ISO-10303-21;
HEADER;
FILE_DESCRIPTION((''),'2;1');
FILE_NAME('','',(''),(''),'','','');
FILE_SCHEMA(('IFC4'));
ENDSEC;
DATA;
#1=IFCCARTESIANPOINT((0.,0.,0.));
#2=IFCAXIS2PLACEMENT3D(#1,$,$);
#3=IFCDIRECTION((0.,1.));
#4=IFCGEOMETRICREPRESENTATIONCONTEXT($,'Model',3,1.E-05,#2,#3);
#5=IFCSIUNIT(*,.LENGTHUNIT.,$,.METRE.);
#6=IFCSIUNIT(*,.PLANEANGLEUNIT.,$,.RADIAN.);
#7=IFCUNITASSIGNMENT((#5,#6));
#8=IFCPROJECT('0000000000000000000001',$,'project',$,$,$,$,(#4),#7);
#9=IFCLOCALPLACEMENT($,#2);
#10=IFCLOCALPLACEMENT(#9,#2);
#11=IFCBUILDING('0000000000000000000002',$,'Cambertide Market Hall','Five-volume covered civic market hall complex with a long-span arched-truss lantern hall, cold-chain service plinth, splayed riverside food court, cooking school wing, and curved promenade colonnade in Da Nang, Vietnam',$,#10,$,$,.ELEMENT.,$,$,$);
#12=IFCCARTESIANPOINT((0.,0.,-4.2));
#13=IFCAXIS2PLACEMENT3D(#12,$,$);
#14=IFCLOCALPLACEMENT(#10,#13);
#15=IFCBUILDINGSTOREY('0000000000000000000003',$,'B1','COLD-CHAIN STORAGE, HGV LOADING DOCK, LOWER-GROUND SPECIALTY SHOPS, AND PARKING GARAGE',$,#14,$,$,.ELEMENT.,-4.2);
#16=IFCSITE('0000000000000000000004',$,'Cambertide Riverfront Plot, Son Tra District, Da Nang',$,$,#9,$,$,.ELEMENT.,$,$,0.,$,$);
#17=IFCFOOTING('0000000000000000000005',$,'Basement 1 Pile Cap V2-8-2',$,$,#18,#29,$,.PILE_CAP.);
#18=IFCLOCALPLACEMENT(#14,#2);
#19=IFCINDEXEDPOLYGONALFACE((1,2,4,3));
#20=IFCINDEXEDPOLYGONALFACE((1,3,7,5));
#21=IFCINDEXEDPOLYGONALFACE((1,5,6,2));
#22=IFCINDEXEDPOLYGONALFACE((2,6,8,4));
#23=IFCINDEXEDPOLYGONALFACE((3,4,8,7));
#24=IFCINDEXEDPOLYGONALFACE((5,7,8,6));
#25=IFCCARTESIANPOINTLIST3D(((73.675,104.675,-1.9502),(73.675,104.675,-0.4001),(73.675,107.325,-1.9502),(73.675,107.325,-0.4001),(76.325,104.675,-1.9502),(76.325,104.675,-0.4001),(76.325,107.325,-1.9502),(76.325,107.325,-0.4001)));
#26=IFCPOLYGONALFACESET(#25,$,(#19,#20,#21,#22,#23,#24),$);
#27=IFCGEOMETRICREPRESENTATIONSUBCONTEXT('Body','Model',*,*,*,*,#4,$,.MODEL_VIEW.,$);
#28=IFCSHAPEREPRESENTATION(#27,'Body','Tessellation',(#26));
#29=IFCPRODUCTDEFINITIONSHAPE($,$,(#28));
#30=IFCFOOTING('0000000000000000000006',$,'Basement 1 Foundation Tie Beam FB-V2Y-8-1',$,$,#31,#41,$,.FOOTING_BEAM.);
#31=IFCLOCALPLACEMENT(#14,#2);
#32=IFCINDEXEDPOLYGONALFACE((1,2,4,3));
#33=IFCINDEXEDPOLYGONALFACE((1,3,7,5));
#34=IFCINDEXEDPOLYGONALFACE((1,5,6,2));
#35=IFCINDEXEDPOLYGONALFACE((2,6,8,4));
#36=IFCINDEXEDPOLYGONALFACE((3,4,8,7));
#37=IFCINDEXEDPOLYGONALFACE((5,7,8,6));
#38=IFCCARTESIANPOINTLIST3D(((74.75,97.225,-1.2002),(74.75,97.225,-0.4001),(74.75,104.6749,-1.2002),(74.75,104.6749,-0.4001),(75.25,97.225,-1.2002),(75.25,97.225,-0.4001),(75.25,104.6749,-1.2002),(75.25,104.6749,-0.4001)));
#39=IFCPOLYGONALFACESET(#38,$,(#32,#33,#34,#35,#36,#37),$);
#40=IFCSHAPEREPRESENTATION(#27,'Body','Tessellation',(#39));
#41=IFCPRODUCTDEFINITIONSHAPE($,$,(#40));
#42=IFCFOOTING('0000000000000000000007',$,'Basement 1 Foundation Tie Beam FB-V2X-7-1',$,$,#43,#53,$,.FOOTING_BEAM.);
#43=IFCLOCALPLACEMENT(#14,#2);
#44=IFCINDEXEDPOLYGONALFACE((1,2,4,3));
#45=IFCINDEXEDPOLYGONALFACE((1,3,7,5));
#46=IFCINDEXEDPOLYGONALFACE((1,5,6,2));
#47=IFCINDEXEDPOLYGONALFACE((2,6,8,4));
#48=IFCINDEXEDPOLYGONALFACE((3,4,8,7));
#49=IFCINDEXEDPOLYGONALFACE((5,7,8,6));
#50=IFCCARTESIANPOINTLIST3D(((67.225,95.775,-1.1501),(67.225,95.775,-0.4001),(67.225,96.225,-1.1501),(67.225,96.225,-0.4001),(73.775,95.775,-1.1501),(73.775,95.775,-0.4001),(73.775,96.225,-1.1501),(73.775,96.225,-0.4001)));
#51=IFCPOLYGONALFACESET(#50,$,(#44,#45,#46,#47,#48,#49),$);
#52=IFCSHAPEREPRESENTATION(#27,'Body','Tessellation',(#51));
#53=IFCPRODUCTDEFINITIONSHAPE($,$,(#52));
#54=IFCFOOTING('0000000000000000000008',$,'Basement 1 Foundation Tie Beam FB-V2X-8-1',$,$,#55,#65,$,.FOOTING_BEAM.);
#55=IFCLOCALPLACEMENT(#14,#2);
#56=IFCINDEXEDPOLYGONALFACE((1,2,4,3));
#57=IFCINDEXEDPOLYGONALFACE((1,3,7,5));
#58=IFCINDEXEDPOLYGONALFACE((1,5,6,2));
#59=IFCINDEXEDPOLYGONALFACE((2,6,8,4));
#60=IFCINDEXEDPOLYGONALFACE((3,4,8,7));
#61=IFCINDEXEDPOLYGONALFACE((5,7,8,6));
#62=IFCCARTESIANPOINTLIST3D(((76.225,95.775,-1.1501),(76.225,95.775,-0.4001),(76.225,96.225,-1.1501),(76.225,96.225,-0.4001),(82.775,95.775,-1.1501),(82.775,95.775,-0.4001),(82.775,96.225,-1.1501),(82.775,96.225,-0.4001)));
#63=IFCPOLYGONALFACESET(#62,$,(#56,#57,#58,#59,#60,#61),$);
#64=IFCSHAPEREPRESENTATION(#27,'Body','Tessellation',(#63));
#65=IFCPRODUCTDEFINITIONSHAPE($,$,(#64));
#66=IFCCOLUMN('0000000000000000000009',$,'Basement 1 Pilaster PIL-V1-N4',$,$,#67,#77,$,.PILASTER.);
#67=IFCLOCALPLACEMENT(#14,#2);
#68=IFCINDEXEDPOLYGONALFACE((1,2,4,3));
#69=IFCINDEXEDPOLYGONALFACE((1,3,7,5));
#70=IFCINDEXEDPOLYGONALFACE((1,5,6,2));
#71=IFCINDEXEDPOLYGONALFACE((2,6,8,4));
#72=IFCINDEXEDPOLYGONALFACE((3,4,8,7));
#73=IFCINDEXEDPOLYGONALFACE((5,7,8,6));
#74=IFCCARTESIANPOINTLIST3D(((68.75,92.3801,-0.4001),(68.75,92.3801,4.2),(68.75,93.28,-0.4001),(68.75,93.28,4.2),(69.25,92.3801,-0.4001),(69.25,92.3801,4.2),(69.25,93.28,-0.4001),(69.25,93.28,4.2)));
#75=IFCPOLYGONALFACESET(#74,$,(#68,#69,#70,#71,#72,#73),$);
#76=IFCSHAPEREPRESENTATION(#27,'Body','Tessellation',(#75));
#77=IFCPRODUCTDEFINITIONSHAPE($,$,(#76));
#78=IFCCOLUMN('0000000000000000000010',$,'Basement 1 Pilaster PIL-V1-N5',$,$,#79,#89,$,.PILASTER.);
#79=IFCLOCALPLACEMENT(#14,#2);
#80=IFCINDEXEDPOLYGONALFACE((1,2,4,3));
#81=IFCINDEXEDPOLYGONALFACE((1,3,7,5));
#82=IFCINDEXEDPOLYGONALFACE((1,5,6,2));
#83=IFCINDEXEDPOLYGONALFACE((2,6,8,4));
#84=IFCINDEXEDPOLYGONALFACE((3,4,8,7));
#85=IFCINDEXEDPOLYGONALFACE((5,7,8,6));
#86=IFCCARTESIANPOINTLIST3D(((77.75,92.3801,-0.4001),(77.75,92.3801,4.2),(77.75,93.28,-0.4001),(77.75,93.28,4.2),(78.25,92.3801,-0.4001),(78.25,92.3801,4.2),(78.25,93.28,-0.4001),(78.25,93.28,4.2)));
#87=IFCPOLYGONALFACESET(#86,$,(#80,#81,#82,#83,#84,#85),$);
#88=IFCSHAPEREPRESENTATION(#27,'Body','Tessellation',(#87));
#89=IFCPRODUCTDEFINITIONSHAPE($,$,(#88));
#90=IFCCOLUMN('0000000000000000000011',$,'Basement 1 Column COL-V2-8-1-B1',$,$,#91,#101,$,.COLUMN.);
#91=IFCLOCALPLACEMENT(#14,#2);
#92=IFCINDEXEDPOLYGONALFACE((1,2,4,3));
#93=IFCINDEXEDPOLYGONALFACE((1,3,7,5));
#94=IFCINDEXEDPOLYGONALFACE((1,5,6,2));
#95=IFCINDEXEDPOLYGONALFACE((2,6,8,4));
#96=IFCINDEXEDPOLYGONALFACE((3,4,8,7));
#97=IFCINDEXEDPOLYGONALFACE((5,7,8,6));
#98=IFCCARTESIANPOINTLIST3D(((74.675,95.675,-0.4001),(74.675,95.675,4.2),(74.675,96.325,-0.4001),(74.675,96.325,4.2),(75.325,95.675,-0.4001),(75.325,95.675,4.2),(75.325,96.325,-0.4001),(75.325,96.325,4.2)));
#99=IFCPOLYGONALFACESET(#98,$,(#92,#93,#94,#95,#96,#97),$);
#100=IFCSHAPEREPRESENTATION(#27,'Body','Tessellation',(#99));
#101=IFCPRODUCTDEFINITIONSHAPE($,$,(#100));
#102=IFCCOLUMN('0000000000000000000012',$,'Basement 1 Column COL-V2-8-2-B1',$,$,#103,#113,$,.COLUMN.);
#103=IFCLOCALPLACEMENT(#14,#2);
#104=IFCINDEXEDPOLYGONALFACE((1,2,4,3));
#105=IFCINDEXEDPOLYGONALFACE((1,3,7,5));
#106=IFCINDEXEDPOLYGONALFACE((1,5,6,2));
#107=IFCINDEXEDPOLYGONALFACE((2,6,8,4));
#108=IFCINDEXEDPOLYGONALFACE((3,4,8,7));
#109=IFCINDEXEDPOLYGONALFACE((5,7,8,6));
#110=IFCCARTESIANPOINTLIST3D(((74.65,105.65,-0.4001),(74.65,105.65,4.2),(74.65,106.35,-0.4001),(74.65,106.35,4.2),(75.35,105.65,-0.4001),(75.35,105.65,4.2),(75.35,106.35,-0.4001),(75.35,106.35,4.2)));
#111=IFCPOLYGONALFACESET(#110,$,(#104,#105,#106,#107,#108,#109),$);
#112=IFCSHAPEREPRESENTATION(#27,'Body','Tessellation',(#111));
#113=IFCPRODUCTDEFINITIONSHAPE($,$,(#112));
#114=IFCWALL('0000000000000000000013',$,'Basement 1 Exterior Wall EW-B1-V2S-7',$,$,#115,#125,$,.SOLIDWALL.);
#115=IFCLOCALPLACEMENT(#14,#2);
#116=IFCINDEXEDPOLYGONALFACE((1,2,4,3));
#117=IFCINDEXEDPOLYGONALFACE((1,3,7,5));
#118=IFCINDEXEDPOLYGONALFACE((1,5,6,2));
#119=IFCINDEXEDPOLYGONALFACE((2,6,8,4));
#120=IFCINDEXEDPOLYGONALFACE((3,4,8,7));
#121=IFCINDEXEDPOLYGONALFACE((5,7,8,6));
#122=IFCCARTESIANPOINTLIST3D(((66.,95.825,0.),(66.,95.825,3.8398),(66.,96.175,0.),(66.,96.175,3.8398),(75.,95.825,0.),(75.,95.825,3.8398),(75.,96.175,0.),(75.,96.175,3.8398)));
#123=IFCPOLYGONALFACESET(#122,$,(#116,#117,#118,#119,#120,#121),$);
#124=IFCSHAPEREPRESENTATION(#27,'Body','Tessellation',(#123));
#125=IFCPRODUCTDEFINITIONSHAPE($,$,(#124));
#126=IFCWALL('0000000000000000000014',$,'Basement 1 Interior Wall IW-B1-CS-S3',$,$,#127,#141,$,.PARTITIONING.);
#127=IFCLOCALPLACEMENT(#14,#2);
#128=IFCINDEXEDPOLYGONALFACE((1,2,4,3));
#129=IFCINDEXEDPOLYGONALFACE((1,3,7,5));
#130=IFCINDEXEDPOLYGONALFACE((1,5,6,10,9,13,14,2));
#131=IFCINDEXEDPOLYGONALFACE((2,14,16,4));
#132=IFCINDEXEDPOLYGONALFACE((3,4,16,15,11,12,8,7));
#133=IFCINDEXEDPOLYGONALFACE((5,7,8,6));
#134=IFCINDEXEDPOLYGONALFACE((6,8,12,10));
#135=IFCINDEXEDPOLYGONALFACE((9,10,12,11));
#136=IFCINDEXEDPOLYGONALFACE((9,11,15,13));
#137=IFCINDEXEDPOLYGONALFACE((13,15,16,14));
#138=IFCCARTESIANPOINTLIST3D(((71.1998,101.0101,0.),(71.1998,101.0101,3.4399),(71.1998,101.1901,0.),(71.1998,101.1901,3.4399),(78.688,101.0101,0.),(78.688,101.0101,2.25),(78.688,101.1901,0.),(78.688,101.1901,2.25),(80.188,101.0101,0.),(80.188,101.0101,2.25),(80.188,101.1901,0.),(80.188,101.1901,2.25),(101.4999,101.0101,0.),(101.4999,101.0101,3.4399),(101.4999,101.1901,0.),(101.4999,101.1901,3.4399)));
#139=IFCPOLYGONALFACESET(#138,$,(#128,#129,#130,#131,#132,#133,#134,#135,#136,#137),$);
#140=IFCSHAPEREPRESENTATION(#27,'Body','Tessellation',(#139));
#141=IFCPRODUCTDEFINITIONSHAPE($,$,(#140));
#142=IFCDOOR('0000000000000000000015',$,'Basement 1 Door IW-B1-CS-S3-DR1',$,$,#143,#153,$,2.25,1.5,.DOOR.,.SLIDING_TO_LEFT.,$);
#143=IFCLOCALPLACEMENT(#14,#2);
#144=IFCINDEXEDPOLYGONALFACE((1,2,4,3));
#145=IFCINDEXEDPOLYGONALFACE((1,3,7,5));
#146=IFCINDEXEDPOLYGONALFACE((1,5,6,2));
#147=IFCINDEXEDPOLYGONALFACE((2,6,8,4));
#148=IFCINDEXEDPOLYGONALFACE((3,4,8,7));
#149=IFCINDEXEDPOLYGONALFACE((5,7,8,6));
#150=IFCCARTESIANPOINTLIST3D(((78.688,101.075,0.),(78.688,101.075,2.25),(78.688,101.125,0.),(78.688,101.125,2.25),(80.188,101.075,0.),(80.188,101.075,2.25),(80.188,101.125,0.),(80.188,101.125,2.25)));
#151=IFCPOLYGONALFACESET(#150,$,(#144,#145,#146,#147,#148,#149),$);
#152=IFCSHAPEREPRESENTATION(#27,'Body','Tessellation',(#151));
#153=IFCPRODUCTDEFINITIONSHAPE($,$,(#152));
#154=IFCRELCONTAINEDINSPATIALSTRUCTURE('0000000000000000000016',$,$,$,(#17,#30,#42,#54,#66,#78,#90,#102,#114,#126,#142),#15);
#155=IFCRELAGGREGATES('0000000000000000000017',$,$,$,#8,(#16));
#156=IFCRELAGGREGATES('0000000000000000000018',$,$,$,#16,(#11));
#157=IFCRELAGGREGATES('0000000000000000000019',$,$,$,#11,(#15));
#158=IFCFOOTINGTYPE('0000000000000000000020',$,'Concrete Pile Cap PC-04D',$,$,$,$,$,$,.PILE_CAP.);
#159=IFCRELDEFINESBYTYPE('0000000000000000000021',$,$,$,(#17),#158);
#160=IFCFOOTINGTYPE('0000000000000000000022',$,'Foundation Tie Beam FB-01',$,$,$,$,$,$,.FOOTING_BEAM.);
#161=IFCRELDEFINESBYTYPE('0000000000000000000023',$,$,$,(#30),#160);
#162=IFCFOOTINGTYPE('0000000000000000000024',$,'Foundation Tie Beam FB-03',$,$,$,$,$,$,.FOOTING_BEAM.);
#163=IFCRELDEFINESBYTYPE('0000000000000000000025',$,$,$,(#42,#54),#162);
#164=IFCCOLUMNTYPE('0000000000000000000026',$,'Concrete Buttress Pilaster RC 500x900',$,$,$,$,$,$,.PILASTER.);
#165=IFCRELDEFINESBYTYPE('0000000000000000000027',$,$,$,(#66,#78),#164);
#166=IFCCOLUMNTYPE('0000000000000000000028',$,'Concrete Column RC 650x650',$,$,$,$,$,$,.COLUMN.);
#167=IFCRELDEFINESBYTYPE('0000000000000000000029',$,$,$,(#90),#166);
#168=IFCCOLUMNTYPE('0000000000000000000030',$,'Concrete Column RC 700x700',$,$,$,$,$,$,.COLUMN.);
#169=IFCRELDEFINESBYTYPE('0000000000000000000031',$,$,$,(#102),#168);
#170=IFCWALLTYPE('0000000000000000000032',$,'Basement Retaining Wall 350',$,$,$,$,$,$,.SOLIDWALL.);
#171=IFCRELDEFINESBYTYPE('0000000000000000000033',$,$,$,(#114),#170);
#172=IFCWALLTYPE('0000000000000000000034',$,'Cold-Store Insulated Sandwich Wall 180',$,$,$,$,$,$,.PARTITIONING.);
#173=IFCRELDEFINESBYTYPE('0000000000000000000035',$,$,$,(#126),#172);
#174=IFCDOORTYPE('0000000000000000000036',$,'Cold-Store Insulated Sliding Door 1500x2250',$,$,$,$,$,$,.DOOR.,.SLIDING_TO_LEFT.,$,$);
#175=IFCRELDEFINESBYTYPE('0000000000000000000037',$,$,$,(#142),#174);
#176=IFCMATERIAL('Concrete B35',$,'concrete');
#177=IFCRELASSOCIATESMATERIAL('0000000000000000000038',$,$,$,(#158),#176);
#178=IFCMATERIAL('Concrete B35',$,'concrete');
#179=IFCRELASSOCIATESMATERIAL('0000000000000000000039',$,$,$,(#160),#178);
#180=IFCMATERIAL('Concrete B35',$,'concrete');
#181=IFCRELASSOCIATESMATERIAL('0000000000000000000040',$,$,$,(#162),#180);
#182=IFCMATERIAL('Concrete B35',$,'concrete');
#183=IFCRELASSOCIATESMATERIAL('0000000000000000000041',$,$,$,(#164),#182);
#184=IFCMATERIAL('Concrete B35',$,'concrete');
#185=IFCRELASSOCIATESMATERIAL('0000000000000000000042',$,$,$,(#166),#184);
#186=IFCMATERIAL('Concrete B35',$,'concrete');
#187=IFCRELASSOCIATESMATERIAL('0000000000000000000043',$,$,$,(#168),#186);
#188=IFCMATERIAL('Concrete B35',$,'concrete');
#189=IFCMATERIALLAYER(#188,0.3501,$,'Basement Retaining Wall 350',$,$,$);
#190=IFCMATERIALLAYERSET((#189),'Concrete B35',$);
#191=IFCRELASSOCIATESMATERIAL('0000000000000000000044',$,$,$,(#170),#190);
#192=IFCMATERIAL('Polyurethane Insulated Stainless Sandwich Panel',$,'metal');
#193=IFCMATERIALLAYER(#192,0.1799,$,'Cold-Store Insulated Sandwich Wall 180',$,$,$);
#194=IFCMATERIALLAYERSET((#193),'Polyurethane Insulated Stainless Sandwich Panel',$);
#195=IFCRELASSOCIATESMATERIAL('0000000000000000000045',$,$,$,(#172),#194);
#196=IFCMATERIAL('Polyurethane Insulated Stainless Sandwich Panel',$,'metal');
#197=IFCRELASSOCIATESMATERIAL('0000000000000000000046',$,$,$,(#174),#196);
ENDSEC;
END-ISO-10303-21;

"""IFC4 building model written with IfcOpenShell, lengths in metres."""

from ifc_helpers import new_model, si_unit, direction, frame, frame_2d, origin, origin_2d, place, context, subcontext, project, spatial, rectangle, extrude, material, layer, layer_set, material_profile, profile_set, type_object, element, fill, save


model = new_model("IFC4")

# Units and contexts
model_context = context("Model", 3, precision=1e-05, world=origin(), true_north=direction((0.0, 1.0)))
body_context = subcontext(model_context, "Body", "Model", "MODEL_VIEW")
ifc_project = project(units=[si_unit("LENGTHUNIT", "METRE"), si_unit("PLANEANGLEUNIT", "RADIAN")], contexts=[model_context])

# Site, building, storey
site_placement = place(None, origin())
site = spatial("IfcSite", under=ifc_project, at=site_placement, Name="Cambertide Riverfront Plot, Son Tra District, Da Nang", CompositionType="ELEMENT", RefElevation=0.0)
building_placement = place(site_placement, origin())
building = spatial("IfcBuilding", under=site, at=building_placement, Name="Cambertide Market Hall", Description="Five-volume covered civic market hall complex with a long-span arched-truss lantern hall, cold-chain service plinth, splayed riverside food court, cooking school wing, and curved promenade colonnade in Da Nang, Vietnam", CompositionType="ELEMENT")
storey_placement = place(building_placement, frame((0.0, 0.0, -4.2)))
storey = spatial("IfcBuildingStorey", under=building, at=storey_placement, Name="B1", Description="COLD-CHAIN STORAGE, HGV LOADING DOCK, LOWER-GROUND SPECIALTY SHOPS, AND PARKING GARAGE", CompositionType="ELEMENT", Elevation=-4.2)

# Footings
ifc_material_1 = material(Name="Concrete B35", Category="concrete")
footing_type_1 = type_object("IfcFootingType", Name="Concrete Pile Cap PC-04D", PredefinedType="PILE_CAP", material=ifc_material_1)
footing_1_placement = place(storey_placement, frame((75.0, 106.0, -1.9502), z_axis=(0.0, 0.0, 1.0), x_axis=(1.0, 0.0, 0.0)))
element("IfcFooting", 1, at=footing_1_placement, inside=storey, type_object=footing_type_1, Name="Basement 1 Pile Cap V2-8-2", PredefinedType="PILE_CAP", context=body_context, shape_type="SweptSolid", body=[
    extrude(rectangle(XDim=2.6499, YDim=2.6499, at=origin_2d()), origin(), (0.0, 0.0, 1.0), 1.55),
])
ifc_material_2 = material(Name="Concrete B35", Category="concrete")
footing_type_2 = type_object("IfcFootingType", Name="Foundation Tie Beam FB-01", PredefinedType="FOOTING_BEAM", material=ifc_material_2)
footing_2_placement = place(storey_placement, frame((75.0, 100.95, -1.2002), z_axis=(0.0, 0.0, 1.0), x_axis=(0.0, 1.0, 0.0)))
element("IfcFooting", 2, at=footing_2_placement, inside=storey, type_object=footing_type_2, Name="Basement 1 Foundation Tie Beam FB-V2Y-8-1", PredefinedType="FOOTING_BEAM", context=body_context, shape_type="SweptSolid", body=[
    extrude(rectangle(XDim=7.45, YDim=0.5, at=origin_2d()), origin(), (0.0, 0.0, 1.0), 0.8),
])
ifc_material_3 = material(Name="Concrete B35", Category="concrete")
footing_type_3 = type_object("IfcFootingType", Name="Foundation Tie Beam FB-03", PredefinedType="FOOTING_BEAM", material=ifc_material_3)
for number, where, z_axis, x_axis, name in (
    (3, (70.5, 96.0, -1.1501), (0.0, 0.0, 1.0), (1.0, 0.0, 0.0), "Basement 1 Foundation Tie Beam FB-V2X-7-1"),
    (4, (79.5, 96.0, -1.1501), (0.0, 0.0, 1.0), (1.0, 0.0, 0.0), "Basement 1 Foundation Tie Beam FB-V2X-8-1"),
):
    element("IfcFooting", number, at=place(storey_placement, frame(where, z_axis=z_axis, x_axis=x_axis)), inside=storey, type_object=footing_type_3, Name=name, PredefinedType="FOOTING_BEAM", context=body_context, shape_type="SweptSolid", body=[
        extrude(rectangle(XDim=6.55, YDim=0.45, at=origin_2d()), origin(), (0.0, 0.0, 1.0), 0.75),
    ])

# Columns
ifc_material_4 = material(Name="Concrete B35", Category="concrete")
ifc_material_profile_1 = material_profile(ifc_material_4, rectangle(XDim=0.5, YDim=0.8999, at=origin_2d()), Name="RC 500x900")
ifc_profile_set_1 = profile_set([ifc_material_profile_1], Name="Concrete B35")
column_type_1 = type_object("IfcColumnType", Name="Concrete Buttress Pilaster RC 500x900", PredefinedType="PILASTER", material=ifc_profile_set_1)
for number, where, z_axis, x_axis, name in (
    (5, (69.0, 92.8301, -0.4001), (0.0, 0.0, 1.0), (1.0, 0.0, 0.0), "Basement 1 Pilaster PIL-V1-N4"),
    (6, (78.0, 92.8301, -0.4001), (0.0, 0.0, 1.0), (1.0, 0.0, 0.0), "Basement 1 Pilaster PIL-V1-N5"),
):
    element("IfcColumn", number, at=place(storey_placement, frame(where, z_axis=z_axis, x_axis=x_axis)), inside=storey, type_object=column_type_1, Name=name, PredefinedType="PILASTER", context=body_context, shape_type="SweptSolid", body=[
        extrude(rectangle(XDim=0.5, YDim=0.8999, at=origin_2d()), origin(), (0.0, 0.0, 1.0), 4.6001),
    ])
ifc_material_5 = material(Name="Concrete B35", Category="concrete")
ifc_material_profile_2 = material_profile(ifc_material_5, rectangle(XDim=0.6499, YDim=0.6499, at=origin_2d()), Name="RC 650x650")
ifc_profile_set_2 = profile_set([ifc_material_profile_2], Name="Concrete B35")
column_type_2 = type_object("IfcColumnType", Name="Concrete Column RC 650x650", PredefinedType="COLUMN", material=ifc_profile_set_2)
column_1_placement = place(storey_placement, frame((75.0, 96.0, -0.4001), z_axis=(0.0, 0.0, 1.0), x_axis=(1.0, 0.0, 0.0)))
element("IfcColumn", 7, at=column_1_placement, inside=storey, type_object=column_type_2, Name="Basement 1 Column COL-V2-8-1-B1", PredefinedType="COLUMN", context=body_context, shape_type="SweptSolid", body=[
    extrude(rectangle(XDim=0.6499, YDim=0.6499, at=origin_2d()), origin(), (0.0, 0.0, 1.0), 4.6001),
])
ifc_material_6 = material(Name="Concrete B35", Category="concrete")
ifc_material_profile_3 = material_profile(ifc_material_6, rectangle(XDim=0.7, YDim=0.7, at=origin_2d()), Name="RC 700x700")
ifc_profile_set_3 = profile_set([ifc_material_profile_3], Name="Concrete B35")
column_type_3 = type_object("IfcColumnType", Name="Concrete Column RC 700x700", PredefinedType="COLUMN", material=ifc_profile_set_3)
column_2_placement = place(storey_placement, frame((75.0, 106.0, -0.4001), z_axis=(0.0, 0.0, 1.0), x_axis=(1.0, 0.0, 0.0)))
element("IfcColumn", 8, at=column_2_placement, inside=storey, type_object=column_type_3, Name="Basement 1 Column COL-V2-8-2-B1", PredefinedType="COLUMN", context=body_context, shape_type="SweptSolid", body=[
    extrude(rectangle(XDim=0.7, YDim=0.7, at=origin_2d()), origin(), (0.0, 0.0, 1.0), 4.6001),
])

# Wall
ifc_material_7 = material(Name="Concrete B35", Category="concrete")
ifc_layer_1 = layer(ifc_material_7, 0.3501, Name="Basement Retaining Wall 350")
ifc_layer_set_1 = layer_set([ifc_layer_1], Name="Concrete B35")
wall_type_1 = type_object("IfcWallType", Name="Basement Retaining Wall 350", PredefinedType="SOLIDWALL", material=ifc_layer_set_1)
wall_1_placement = place(storey_placement, frame((75.0, 96.0, 0.0), z_axis=(0.0, 0.0, 1.0), x_axis=(-1.0, 0.0, 0.0)))
element("IfcWall", 9, at=wall_1_placement, inside=storey, type_object=wall_type_1, Name="Basement 1 Exterior Wall EW-B1-V2S-7", PredefinedType="SOLIDWALL", context=body_context, shape_type="SweptSolid", body=[
    extrude(rectangle(XDim=9.0, YDim=0.3501, at=frame_2d((4.5, 0.0))), origin(), (0.0, 0.0, 1.0), 3.8398),
])

# Wall, opening, door
ifc_material_8 = material(Name="Polyurethane Insulated Stainless Sandwich Panel", Category="metal")
ifc_layer_2 = layer(ifc_material_8, 0.1799, Name="Cold-Store Insulated Sandwich Wall 180")
ifc_layer_set_2 = layer_set([ifc_layer_2], Name="Polyurethane Insulated Stainless Sandwich Panel")
wall_type_2 = type_object("IfcWallType", Name="Cold-Store Insulated Sandwich Wall 180", PredefinedType="PARTITIONING", material=ifc_layer_set_2)
wall_2_placement = place(storey_placement, frame((71.2, 101.1001, 0.0), z_axis=(0.0, 0.0, 1.0), x_axis=(1.0, 0.0, 0.0)))
wall_2 = element("IfcWall", 10, at=wall_2_placement, inside=storey, type_object=wall_type_2, Name="Basement 1 Interior Wall IW-B1-CS-S3", PredefinedType="PARTITIONING", context=body_context, shape_type="SweptSolid", body=[
    extrude(rectangle(XDim=30.3, YDim=0.1799, at=frame_2d((15.1499, 0.0))), origin(), (0.0, 0.0, 1.0), 3.4399),
])
opening_1_placement = place(wall_2_placement, frame((7.488, 0.0, 0.0)))
opening_1 = element("IfcOpeningElement", 11, at=opening_1_placement, cuts=wall_2, PredefinedType="OPENING", context=body_context, shape_type="SweptSolid", body=[
    extrude(rectangle(XDim=1.5, YDim=2.25, at=frame_2d((0.75, 1.125))), frame((0.0, 0.0999, 0.0), z_axis=(0.0, -1.0, 0.0), x_axis=(1.0, 0.0, 0.0)), (0.0, 0.0, 1.0), 0.2),
])
ifc_material_9 = material(Name="Polyurethane Insulated Stainless Sandwich Panel", Category="metal")
door_type_1 = type_object("IfcDoorType", Name="Cold-Store Insulated Sliding Door 1500x2250", OperationType="SLIDING_TO_LEFT", PredefinedType="DOOR", material=ifc_material_9)
door_1_placement = place(opening_1_placement, origin())
door_1 = element("IfcDoor", 12, at=door_1_placement, inside=storey, type_object=door_type_1, Name="Basement 1 Door IW-B1-CS-S3-DR1", OperationType="SLIDING_TO_LEFT", OverallHeight=2.25, OverallWidth=1.5, PredefinedType="DOOR", context=body_context, shape_type="SweptSolid", body=[
    extrude(rectangle(XDim=1.5, YDim=2.25, at=frame_2d((0.75, 1.125))), frame((0.0, 0.0249, 0.0), z_axis=(0.0, -1.0, 0.0), x_axis=(1.0, 0.0, 0.0)), (0.0, 0.0, 1.0), 0.05),
])
fill(opening_1, door_1)

save(model, "model.ifc")
